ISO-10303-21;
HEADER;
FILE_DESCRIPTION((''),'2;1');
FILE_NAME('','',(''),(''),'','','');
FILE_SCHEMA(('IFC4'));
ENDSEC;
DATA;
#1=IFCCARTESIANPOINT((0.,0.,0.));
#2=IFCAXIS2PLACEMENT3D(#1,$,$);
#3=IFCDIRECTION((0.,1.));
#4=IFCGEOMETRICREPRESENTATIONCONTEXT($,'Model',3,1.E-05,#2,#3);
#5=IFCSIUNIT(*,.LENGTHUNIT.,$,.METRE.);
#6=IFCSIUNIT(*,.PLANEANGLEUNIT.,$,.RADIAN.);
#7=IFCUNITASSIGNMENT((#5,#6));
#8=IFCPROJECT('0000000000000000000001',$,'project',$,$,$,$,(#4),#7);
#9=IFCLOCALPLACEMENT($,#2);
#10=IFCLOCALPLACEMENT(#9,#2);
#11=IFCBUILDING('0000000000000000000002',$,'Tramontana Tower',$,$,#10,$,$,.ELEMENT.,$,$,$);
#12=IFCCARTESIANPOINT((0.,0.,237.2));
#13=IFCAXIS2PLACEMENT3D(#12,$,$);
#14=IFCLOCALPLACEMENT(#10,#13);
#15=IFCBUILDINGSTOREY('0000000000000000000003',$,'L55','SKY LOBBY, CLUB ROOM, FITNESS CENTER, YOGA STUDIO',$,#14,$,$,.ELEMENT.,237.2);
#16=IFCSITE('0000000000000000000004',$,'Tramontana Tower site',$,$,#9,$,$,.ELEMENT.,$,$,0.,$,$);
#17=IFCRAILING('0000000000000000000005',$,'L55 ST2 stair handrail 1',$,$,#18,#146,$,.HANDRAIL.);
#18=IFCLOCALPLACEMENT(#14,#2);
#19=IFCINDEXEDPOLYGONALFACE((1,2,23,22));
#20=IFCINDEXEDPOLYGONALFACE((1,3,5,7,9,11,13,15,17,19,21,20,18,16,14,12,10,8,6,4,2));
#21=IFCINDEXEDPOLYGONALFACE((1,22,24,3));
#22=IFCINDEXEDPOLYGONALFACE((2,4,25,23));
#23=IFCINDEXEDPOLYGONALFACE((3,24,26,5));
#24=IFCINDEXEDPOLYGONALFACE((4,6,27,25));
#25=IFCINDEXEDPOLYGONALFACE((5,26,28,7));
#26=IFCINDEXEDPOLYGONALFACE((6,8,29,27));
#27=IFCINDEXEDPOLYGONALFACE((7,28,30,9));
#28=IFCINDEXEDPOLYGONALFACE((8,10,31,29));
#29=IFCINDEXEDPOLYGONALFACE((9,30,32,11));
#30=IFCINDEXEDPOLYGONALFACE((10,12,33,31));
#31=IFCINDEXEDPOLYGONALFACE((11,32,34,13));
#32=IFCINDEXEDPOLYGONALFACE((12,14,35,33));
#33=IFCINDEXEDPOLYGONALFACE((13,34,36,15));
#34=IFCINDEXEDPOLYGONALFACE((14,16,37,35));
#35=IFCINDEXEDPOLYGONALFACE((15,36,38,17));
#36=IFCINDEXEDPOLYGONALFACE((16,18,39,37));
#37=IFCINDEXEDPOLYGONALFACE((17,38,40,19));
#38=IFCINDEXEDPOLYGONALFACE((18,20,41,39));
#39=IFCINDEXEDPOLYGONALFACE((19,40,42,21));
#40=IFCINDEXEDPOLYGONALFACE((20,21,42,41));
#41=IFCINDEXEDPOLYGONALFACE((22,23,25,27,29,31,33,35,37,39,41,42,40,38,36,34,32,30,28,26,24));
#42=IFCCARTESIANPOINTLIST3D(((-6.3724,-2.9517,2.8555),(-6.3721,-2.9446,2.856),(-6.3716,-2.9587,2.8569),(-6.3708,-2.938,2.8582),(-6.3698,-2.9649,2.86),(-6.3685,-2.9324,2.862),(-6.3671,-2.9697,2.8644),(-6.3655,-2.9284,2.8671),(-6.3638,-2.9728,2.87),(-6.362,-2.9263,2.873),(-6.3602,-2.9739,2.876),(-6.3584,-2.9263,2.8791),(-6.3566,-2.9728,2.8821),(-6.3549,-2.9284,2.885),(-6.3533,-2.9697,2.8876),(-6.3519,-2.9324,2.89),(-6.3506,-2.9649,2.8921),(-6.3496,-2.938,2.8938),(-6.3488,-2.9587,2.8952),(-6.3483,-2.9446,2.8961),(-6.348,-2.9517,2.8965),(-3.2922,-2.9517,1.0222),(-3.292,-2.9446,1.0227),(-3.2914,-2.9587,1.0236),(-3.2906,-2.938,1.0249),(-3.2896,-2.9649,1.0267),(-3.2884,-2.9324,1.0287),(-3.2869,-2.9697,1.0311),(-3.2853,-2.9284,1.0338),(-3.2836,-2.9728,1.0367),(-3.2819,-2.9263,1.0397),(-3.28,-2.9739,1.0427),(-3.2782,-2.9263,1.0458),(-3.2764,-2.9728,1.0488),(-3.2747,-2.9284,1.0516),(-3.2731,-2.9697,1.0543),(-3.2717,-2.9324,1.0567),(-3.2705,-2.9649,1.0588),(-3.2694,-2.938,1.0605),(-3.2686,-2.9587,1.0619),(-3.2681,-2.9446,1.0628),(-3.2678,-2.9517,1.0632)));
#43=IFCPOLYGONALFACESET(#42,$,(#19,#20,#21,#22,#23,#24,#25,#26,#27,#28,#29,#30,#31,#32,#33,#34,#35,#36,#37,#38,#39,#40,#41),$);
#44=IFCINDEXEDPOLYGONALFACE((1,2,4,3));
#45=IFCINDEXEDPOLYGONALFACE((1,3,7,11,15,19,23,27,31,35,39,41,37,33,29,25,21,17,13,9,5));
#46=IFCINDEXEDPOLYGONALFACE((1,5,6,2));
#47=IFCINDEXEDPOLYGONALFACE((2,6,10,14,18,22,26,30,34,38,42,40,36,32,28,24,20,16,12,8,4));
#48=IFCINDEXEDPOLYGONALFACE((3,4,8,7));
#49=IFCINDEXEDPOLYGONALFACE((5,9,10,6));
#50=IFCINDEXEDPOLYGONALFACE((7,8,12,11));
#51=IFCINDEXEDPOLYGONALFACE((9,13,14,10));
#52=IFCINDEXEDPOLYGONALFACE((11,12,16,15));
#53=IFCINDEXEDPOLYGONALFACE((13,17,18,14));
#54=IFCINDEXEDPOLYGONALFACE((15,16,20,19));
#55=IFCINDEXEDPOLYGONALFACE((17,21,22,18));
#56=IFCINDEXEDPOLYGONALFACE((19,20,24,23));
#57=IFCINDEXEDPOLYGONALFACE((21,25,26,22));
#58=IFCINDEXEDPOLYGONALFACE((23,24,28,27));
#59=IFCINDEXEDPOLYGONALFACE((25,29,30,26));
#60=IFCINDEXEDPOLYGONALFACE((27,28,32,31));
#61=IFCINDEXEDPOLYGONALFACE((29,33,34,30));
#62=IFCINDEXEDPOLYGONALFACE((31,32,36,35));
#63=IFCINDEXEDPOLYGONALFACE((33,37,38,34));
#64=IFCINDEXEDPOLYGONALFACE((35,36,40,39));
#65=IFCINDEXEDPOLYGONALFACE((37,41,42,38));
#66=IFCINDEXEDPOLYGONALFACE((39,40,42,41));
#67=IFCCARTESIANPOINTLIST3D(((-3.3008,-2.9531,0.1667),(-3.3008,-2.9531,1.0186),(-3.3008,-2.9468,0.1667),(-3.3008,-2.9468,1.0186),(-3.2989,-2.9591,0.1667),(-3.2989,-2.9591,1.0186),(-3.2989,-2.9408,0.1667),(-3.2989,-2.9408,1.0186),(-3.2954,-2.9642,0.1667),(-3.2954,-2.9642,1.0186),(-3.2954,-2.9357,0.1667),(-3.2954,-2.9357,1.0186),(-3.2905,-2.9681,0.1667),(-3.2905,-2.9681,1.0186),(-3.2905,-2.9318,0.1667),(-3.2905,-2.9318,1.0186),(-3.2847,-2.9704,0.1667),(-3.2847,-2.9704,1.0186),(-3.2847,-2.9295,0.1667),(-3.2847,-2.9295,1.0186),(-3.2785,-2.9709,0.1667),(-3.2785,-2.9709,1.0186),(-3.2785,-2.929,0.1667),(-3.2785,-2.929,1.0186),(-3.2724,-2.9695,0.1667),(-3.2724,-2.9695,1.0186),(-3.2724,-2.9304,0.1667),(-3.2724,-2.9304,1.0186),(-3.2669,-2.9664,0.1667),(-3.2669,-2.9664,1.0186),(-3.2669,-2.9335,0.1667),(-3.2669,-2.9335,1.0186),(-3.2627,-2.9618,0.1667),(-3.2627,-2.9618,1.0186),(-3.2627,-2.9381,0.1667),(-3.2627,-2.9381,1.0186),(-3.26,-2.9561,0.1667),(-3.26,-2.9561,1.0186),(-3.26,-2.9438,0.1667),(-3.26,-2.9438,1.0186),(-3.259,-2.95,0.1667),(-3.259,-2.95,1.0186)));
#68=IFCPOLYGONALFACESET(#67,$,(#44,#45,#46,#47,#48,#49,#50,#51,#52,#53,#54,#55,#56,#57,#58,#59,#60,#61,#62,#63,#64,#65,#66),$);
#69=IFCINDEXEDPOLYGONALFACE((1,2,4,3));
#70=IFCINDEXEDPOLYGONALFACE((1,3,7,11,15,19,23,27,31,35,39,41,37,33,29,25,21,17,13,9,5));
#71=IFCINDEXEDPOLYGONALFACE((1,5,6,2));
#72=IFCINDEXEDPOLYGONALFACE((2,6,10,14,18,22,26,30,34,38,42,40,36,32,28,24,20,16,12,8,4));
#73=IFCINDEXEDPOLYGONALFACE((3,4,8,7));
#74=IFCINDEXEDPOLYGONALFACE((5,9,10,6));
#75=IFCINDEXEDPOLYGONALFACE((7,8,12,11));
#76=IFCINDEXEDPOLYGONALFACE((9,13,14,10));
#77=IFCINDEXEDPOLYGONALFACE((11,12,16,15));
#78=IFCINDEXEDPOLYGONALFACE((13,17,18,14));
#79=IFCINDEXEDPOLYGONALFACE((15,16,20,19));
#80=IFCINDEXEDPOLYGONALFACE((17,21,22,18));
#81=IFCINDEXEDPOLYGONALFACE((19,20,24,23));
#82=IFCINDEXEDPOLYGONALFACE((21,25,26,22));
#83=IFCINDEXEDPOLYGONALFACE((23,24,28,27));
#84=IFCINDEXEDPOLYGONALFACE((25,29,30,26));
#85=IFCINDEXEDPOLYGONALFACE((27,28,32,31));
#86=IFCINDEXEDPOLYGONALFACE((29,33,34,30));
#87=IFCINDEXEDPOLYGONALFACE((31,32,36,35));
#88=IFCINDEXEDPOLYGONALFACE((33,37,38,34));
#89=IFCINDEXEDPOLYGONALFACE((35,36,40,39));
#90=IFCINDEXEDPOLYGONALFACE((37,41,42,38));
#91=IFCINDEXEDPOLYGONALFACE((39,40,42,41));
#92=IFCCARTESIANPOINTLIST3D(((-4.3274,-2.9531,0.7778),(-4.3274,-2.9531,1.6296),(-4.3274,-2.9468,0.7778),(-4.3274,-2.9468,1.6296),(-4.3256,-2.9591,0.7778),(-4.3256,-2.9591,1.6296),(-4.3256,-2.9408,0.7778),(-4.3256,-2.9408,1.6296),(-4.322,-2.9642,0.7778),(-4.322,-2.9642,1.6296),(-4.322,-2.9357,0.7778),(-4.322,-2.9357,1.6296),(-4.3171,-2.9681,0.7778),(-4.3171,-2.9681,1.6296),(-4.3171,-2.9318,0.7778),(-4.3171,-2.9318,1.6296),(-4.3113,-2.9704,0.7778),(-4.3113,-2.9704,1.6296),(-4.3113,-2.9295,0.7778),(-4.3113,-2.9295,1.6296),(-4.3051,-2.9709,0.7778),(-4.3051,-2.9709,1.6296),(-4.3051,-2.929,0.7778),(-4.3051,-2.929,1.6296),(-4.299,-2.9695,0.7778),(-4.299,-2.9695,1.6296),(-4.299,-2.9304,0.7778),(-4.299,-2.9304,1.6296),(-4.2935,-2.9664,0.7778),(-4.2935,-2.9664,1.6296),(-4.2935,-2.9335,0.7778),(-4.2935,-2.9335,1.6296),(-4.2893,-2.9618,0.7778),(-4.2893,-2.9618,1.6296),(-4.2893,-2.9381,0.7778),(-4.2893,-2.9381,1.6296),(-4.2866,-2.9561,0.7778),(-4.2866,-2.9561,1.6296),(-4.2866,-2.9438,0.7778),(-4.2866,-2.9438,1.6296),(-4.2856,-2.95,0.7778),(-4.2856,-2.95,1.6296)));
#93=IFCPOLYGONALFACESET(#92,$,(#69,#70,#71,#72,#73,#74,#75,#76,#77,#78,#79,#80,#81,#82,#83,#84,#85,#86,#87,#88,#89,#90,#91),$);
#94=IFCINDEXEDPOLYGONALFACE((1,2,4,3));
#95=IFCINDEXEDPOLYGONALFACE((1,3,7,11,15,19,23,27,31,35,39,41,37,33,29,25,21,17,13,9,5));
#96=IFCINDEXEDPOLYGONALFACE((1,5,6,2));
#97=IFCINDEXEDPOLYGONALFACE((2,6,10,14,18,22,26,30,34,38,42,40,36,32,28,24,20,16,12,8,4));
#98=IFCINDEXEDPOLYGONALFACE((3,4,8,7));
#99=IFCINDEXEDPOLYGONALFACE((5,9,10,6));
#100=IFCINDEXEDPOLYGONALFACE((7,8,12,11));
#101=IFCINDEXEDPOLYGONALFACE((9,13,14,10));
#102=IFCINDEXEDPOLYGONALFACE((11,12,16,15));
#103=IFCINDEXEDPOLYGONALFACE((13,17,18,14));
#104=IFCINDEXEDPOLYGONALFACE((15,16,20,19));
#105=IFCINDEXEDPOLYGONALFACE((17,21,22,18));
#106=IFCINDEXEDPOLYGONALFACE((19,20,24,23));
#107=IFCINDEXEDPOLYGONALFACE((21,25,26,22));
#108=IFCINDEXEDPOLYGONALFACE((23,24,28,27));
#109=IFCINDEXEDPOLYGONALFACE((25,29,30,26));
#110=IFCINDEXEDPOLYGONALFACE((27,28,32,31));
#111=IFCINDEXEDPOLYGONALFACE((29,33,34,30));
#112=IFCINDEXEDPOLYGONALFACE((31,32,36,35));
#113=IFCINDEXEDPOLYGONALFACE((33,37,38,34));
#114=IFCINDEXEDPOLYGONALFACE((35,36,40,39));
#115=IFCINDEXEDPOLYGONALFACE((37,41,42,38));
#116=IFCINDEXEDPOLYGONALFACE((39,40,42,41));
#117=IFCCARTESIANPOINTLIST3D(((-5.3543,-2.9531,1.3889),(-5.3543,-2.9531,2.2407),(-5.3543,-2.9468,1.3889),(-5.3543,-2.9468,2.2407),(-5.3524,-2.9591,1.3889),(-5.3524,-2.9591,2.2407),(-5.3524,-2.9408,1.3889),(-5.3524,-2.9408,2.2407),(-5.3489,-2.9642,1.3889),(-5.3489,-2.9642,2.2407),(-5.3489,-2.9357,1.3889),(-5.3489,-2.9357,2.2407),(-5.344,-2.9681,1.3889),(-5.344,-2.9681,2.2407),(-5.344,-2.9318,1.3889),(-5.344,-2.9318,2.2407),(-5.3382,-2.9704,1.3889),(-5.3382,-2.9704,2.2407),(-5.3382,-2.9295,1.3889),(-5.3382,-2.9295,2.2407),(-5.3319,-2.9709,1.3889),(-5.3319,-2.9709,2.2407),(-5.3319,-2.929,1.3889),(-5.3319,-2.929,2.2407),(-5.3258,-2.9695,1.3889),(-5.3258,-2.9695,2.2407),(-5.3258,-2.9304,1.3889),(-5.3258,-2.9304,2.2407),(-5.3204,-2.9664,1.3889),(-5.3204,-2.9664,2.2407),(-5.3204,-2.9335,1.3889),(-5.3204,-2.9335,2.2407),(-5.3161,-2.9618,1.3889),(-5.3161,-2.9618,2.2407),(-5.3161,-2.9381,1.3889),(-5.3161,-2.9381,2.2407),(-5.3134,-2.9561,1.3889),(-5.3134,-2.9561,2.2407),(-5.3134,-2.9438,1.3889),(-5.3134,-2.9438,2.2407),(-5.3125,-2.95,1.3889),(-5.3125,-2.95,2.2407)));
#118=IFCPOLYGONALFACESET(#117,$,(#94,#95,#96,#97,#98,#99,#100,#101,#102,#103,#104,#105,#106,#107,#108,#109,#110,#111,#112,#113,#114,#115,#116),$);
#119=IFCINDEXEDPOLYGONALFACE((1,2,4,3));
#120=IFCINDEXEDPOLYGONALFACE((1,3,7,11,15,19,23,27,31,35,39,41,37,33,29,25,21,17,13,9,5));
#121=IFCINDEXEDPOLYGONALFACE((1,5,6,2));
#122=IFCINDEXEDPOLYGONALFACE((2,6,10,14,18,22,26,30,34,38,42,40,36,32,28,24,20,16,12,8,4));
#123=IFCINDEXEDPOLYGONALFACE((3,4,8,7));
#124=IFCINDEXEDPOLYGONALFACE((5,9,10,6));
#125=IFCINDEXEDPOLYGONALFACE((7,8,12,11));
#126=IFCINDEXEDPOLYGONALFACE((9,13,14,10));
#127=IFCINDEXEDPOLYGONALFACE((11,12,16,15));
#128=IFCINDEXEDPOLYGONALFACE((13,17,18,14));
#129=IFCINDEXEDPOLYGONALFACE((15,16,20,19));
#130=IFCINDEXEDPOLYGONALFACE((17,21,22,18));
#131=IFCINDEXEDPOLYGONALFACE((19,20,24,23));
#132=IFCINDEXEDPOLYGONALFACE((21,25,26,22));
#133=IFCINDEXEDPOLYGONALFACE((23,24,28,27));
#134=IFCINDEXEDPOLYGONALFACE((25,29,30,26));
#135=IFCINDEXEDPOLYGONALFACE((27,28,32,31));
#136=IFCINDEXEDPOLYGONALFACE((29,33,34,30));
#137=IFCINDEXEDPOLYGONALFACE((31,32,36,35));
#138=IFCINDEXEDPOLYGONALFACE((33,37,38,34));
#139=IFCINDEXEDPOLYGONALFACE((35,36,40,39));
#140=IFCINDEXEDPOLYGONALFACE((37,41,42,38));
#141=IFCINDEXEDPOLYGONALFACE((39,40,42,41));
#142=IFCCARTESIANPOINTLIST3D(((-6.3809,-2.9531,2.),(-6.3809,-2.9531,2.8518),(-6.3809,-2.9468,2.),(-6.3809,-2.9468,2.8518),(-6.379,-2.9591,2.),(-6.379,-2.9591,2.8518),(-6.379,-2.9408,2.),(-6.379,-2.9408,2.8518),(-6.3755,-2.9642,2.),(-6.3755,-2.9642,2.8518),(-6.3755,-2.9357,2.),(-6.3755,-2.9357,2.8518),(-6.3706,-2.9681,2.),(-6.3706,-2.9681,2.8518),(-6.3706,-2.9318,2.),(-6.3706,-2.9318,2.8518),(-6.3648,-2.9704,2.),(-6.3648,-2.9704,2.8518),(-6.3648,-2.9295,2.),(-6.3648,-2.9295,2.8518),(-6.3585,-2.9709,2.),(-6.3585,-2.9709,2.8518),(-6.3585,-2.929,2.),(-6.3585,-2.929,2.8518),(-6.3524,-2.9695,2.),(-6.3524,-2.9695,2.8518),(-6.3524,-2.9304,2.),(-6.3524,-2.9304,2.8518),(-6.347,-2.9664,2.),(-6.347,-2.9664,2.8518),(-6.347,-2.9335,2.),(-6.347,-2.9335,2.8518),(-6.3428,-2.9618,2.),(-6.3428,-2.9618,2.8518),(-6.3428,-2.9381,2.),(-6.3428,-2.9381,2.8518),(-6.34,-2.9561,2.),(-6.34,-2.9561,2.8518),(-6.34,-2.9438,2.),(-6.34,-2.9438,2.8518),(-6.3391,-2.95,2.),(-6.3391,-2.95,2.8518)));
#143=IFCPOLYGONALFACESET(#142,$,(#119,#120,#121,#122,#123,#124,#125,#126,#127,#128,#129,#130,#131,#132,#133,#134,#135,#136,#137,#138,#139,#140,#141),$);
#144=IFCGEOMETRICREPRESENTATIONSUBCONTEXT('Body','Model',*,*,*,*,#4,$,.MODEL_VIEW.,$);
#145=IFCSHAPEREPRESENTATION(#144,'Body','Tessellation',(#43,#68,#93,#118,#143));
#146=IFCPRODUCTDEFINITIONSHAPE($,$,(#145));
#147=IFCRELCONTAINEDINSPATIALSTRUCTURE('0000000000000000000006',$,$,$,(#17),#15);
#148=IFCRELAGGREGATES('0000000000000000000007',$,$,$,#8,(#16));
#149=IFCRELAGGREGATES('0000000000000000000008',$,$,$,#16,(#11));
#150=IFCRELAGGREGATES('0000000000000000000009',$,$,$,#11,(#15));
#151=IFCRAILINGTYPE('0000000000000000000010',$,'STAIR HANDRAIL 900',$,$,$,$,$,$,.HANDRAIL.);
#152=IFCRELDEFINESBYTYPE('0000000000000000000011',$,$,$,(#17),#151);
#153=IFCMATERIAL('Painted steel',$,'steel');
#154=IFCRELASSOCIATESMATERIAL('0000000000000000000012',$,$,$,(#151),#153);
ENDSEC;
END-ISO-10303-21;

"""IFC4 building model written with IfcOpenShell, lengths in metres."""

from ifc_helpers import new_model, si_unit, direction, frame, origin, origin_2d, place, context, subcontext, project, spatial, circle, extrude, material, type_object, element, save


model = new_model("IFC4")

# Units and contexts
model_context = context("Model", 3, precision=1e-05, world=origin(), true_north=direction((0.0, 1.0)))
body_context = subcontext(model_context, "Body", "Model", "MODEL_VIEW")
ifc_project = project(units=[si_unit("LENGTHUNIT", "METRE"), si_unit("PLANEANGLEUNIT", "RADIAN")], contexts=[model_context])

# Site, building, storey
site_placement = place(None, origin())
site = spatial("IfcSite", under=ifc_project, at=site_placement, Name="Tramontana Tower site", CompositionType="ELEMENT", RefElevation=0.0)
building_placement = place(site_placement, origin())
building = spatial("IfcBuilding", under=site, at=building_placement, Name="Tramontana Tower", CompositionType="ELEMENT")
storey_placement = place(building_placement, frame((0.0, 0.0, 237.2)))
storey = spatial("IfcBuildingStorey", under=building, at=storey_placement, Name="L55", Description="SKY LOBBY, CLUB ROOM, FITNESS CENTER, YOGA STUDIO", CompositionType="ELEMENT", Elevation=237.2)

# Railing
ifc_material_1 = material(Name="Painted steel", Category="steel")
railing_type_1 = type_object("IfcRailingType", Name="STAIR HANDRAIL 900", PredefinedType="HANDRAIL", material=ifc_material_1)
railing_1_placement = place(storey_placement, frame((-3.28, -2.95, 0.1667)))
element("IfcRailing", 1, at=railing_1_placement, inside=storey, type_object=railing_type_1, Name="L55 ST2 stair handrail 1", PredefinedType="HANDRAIL", context=body_context, shape_type="SweptSolid", body=[
    extrude(circle(Radius=0.0239, at=origin_2d()), frame((0.0, 0.0, 0.876), z_axis=(-0.859309, 0.0, 0.511458), x_axis=(0.0, -1.0, 0.0)), (0.0, 0.0, 1.0), 3.5845),
    extrude(circle(Radius=0.021, at=origin_2d()), origin(), (0.0, 0.0, 1.0), 0.8518),
    extrude(circle(Radius=0.021, at=origin_2d()), frame((-1.0266, 0.0, 0.6111)), (0.0, 0.0, 1.0), 0.8518),
    extrude(circle(Radius=0.021, at=origin_2d()), frame((-2.0535, 0.0, 1.2222)), (0.0, 0.0, 1.0), 0.8518),
    extrude(circle(Radius=0.021, at=origin_2d()), frame((-3.0801, 0.0, 1.8333)), (0.0, 0.0, 1.0), 0.8518),
])

save(model, "model.ifc")
